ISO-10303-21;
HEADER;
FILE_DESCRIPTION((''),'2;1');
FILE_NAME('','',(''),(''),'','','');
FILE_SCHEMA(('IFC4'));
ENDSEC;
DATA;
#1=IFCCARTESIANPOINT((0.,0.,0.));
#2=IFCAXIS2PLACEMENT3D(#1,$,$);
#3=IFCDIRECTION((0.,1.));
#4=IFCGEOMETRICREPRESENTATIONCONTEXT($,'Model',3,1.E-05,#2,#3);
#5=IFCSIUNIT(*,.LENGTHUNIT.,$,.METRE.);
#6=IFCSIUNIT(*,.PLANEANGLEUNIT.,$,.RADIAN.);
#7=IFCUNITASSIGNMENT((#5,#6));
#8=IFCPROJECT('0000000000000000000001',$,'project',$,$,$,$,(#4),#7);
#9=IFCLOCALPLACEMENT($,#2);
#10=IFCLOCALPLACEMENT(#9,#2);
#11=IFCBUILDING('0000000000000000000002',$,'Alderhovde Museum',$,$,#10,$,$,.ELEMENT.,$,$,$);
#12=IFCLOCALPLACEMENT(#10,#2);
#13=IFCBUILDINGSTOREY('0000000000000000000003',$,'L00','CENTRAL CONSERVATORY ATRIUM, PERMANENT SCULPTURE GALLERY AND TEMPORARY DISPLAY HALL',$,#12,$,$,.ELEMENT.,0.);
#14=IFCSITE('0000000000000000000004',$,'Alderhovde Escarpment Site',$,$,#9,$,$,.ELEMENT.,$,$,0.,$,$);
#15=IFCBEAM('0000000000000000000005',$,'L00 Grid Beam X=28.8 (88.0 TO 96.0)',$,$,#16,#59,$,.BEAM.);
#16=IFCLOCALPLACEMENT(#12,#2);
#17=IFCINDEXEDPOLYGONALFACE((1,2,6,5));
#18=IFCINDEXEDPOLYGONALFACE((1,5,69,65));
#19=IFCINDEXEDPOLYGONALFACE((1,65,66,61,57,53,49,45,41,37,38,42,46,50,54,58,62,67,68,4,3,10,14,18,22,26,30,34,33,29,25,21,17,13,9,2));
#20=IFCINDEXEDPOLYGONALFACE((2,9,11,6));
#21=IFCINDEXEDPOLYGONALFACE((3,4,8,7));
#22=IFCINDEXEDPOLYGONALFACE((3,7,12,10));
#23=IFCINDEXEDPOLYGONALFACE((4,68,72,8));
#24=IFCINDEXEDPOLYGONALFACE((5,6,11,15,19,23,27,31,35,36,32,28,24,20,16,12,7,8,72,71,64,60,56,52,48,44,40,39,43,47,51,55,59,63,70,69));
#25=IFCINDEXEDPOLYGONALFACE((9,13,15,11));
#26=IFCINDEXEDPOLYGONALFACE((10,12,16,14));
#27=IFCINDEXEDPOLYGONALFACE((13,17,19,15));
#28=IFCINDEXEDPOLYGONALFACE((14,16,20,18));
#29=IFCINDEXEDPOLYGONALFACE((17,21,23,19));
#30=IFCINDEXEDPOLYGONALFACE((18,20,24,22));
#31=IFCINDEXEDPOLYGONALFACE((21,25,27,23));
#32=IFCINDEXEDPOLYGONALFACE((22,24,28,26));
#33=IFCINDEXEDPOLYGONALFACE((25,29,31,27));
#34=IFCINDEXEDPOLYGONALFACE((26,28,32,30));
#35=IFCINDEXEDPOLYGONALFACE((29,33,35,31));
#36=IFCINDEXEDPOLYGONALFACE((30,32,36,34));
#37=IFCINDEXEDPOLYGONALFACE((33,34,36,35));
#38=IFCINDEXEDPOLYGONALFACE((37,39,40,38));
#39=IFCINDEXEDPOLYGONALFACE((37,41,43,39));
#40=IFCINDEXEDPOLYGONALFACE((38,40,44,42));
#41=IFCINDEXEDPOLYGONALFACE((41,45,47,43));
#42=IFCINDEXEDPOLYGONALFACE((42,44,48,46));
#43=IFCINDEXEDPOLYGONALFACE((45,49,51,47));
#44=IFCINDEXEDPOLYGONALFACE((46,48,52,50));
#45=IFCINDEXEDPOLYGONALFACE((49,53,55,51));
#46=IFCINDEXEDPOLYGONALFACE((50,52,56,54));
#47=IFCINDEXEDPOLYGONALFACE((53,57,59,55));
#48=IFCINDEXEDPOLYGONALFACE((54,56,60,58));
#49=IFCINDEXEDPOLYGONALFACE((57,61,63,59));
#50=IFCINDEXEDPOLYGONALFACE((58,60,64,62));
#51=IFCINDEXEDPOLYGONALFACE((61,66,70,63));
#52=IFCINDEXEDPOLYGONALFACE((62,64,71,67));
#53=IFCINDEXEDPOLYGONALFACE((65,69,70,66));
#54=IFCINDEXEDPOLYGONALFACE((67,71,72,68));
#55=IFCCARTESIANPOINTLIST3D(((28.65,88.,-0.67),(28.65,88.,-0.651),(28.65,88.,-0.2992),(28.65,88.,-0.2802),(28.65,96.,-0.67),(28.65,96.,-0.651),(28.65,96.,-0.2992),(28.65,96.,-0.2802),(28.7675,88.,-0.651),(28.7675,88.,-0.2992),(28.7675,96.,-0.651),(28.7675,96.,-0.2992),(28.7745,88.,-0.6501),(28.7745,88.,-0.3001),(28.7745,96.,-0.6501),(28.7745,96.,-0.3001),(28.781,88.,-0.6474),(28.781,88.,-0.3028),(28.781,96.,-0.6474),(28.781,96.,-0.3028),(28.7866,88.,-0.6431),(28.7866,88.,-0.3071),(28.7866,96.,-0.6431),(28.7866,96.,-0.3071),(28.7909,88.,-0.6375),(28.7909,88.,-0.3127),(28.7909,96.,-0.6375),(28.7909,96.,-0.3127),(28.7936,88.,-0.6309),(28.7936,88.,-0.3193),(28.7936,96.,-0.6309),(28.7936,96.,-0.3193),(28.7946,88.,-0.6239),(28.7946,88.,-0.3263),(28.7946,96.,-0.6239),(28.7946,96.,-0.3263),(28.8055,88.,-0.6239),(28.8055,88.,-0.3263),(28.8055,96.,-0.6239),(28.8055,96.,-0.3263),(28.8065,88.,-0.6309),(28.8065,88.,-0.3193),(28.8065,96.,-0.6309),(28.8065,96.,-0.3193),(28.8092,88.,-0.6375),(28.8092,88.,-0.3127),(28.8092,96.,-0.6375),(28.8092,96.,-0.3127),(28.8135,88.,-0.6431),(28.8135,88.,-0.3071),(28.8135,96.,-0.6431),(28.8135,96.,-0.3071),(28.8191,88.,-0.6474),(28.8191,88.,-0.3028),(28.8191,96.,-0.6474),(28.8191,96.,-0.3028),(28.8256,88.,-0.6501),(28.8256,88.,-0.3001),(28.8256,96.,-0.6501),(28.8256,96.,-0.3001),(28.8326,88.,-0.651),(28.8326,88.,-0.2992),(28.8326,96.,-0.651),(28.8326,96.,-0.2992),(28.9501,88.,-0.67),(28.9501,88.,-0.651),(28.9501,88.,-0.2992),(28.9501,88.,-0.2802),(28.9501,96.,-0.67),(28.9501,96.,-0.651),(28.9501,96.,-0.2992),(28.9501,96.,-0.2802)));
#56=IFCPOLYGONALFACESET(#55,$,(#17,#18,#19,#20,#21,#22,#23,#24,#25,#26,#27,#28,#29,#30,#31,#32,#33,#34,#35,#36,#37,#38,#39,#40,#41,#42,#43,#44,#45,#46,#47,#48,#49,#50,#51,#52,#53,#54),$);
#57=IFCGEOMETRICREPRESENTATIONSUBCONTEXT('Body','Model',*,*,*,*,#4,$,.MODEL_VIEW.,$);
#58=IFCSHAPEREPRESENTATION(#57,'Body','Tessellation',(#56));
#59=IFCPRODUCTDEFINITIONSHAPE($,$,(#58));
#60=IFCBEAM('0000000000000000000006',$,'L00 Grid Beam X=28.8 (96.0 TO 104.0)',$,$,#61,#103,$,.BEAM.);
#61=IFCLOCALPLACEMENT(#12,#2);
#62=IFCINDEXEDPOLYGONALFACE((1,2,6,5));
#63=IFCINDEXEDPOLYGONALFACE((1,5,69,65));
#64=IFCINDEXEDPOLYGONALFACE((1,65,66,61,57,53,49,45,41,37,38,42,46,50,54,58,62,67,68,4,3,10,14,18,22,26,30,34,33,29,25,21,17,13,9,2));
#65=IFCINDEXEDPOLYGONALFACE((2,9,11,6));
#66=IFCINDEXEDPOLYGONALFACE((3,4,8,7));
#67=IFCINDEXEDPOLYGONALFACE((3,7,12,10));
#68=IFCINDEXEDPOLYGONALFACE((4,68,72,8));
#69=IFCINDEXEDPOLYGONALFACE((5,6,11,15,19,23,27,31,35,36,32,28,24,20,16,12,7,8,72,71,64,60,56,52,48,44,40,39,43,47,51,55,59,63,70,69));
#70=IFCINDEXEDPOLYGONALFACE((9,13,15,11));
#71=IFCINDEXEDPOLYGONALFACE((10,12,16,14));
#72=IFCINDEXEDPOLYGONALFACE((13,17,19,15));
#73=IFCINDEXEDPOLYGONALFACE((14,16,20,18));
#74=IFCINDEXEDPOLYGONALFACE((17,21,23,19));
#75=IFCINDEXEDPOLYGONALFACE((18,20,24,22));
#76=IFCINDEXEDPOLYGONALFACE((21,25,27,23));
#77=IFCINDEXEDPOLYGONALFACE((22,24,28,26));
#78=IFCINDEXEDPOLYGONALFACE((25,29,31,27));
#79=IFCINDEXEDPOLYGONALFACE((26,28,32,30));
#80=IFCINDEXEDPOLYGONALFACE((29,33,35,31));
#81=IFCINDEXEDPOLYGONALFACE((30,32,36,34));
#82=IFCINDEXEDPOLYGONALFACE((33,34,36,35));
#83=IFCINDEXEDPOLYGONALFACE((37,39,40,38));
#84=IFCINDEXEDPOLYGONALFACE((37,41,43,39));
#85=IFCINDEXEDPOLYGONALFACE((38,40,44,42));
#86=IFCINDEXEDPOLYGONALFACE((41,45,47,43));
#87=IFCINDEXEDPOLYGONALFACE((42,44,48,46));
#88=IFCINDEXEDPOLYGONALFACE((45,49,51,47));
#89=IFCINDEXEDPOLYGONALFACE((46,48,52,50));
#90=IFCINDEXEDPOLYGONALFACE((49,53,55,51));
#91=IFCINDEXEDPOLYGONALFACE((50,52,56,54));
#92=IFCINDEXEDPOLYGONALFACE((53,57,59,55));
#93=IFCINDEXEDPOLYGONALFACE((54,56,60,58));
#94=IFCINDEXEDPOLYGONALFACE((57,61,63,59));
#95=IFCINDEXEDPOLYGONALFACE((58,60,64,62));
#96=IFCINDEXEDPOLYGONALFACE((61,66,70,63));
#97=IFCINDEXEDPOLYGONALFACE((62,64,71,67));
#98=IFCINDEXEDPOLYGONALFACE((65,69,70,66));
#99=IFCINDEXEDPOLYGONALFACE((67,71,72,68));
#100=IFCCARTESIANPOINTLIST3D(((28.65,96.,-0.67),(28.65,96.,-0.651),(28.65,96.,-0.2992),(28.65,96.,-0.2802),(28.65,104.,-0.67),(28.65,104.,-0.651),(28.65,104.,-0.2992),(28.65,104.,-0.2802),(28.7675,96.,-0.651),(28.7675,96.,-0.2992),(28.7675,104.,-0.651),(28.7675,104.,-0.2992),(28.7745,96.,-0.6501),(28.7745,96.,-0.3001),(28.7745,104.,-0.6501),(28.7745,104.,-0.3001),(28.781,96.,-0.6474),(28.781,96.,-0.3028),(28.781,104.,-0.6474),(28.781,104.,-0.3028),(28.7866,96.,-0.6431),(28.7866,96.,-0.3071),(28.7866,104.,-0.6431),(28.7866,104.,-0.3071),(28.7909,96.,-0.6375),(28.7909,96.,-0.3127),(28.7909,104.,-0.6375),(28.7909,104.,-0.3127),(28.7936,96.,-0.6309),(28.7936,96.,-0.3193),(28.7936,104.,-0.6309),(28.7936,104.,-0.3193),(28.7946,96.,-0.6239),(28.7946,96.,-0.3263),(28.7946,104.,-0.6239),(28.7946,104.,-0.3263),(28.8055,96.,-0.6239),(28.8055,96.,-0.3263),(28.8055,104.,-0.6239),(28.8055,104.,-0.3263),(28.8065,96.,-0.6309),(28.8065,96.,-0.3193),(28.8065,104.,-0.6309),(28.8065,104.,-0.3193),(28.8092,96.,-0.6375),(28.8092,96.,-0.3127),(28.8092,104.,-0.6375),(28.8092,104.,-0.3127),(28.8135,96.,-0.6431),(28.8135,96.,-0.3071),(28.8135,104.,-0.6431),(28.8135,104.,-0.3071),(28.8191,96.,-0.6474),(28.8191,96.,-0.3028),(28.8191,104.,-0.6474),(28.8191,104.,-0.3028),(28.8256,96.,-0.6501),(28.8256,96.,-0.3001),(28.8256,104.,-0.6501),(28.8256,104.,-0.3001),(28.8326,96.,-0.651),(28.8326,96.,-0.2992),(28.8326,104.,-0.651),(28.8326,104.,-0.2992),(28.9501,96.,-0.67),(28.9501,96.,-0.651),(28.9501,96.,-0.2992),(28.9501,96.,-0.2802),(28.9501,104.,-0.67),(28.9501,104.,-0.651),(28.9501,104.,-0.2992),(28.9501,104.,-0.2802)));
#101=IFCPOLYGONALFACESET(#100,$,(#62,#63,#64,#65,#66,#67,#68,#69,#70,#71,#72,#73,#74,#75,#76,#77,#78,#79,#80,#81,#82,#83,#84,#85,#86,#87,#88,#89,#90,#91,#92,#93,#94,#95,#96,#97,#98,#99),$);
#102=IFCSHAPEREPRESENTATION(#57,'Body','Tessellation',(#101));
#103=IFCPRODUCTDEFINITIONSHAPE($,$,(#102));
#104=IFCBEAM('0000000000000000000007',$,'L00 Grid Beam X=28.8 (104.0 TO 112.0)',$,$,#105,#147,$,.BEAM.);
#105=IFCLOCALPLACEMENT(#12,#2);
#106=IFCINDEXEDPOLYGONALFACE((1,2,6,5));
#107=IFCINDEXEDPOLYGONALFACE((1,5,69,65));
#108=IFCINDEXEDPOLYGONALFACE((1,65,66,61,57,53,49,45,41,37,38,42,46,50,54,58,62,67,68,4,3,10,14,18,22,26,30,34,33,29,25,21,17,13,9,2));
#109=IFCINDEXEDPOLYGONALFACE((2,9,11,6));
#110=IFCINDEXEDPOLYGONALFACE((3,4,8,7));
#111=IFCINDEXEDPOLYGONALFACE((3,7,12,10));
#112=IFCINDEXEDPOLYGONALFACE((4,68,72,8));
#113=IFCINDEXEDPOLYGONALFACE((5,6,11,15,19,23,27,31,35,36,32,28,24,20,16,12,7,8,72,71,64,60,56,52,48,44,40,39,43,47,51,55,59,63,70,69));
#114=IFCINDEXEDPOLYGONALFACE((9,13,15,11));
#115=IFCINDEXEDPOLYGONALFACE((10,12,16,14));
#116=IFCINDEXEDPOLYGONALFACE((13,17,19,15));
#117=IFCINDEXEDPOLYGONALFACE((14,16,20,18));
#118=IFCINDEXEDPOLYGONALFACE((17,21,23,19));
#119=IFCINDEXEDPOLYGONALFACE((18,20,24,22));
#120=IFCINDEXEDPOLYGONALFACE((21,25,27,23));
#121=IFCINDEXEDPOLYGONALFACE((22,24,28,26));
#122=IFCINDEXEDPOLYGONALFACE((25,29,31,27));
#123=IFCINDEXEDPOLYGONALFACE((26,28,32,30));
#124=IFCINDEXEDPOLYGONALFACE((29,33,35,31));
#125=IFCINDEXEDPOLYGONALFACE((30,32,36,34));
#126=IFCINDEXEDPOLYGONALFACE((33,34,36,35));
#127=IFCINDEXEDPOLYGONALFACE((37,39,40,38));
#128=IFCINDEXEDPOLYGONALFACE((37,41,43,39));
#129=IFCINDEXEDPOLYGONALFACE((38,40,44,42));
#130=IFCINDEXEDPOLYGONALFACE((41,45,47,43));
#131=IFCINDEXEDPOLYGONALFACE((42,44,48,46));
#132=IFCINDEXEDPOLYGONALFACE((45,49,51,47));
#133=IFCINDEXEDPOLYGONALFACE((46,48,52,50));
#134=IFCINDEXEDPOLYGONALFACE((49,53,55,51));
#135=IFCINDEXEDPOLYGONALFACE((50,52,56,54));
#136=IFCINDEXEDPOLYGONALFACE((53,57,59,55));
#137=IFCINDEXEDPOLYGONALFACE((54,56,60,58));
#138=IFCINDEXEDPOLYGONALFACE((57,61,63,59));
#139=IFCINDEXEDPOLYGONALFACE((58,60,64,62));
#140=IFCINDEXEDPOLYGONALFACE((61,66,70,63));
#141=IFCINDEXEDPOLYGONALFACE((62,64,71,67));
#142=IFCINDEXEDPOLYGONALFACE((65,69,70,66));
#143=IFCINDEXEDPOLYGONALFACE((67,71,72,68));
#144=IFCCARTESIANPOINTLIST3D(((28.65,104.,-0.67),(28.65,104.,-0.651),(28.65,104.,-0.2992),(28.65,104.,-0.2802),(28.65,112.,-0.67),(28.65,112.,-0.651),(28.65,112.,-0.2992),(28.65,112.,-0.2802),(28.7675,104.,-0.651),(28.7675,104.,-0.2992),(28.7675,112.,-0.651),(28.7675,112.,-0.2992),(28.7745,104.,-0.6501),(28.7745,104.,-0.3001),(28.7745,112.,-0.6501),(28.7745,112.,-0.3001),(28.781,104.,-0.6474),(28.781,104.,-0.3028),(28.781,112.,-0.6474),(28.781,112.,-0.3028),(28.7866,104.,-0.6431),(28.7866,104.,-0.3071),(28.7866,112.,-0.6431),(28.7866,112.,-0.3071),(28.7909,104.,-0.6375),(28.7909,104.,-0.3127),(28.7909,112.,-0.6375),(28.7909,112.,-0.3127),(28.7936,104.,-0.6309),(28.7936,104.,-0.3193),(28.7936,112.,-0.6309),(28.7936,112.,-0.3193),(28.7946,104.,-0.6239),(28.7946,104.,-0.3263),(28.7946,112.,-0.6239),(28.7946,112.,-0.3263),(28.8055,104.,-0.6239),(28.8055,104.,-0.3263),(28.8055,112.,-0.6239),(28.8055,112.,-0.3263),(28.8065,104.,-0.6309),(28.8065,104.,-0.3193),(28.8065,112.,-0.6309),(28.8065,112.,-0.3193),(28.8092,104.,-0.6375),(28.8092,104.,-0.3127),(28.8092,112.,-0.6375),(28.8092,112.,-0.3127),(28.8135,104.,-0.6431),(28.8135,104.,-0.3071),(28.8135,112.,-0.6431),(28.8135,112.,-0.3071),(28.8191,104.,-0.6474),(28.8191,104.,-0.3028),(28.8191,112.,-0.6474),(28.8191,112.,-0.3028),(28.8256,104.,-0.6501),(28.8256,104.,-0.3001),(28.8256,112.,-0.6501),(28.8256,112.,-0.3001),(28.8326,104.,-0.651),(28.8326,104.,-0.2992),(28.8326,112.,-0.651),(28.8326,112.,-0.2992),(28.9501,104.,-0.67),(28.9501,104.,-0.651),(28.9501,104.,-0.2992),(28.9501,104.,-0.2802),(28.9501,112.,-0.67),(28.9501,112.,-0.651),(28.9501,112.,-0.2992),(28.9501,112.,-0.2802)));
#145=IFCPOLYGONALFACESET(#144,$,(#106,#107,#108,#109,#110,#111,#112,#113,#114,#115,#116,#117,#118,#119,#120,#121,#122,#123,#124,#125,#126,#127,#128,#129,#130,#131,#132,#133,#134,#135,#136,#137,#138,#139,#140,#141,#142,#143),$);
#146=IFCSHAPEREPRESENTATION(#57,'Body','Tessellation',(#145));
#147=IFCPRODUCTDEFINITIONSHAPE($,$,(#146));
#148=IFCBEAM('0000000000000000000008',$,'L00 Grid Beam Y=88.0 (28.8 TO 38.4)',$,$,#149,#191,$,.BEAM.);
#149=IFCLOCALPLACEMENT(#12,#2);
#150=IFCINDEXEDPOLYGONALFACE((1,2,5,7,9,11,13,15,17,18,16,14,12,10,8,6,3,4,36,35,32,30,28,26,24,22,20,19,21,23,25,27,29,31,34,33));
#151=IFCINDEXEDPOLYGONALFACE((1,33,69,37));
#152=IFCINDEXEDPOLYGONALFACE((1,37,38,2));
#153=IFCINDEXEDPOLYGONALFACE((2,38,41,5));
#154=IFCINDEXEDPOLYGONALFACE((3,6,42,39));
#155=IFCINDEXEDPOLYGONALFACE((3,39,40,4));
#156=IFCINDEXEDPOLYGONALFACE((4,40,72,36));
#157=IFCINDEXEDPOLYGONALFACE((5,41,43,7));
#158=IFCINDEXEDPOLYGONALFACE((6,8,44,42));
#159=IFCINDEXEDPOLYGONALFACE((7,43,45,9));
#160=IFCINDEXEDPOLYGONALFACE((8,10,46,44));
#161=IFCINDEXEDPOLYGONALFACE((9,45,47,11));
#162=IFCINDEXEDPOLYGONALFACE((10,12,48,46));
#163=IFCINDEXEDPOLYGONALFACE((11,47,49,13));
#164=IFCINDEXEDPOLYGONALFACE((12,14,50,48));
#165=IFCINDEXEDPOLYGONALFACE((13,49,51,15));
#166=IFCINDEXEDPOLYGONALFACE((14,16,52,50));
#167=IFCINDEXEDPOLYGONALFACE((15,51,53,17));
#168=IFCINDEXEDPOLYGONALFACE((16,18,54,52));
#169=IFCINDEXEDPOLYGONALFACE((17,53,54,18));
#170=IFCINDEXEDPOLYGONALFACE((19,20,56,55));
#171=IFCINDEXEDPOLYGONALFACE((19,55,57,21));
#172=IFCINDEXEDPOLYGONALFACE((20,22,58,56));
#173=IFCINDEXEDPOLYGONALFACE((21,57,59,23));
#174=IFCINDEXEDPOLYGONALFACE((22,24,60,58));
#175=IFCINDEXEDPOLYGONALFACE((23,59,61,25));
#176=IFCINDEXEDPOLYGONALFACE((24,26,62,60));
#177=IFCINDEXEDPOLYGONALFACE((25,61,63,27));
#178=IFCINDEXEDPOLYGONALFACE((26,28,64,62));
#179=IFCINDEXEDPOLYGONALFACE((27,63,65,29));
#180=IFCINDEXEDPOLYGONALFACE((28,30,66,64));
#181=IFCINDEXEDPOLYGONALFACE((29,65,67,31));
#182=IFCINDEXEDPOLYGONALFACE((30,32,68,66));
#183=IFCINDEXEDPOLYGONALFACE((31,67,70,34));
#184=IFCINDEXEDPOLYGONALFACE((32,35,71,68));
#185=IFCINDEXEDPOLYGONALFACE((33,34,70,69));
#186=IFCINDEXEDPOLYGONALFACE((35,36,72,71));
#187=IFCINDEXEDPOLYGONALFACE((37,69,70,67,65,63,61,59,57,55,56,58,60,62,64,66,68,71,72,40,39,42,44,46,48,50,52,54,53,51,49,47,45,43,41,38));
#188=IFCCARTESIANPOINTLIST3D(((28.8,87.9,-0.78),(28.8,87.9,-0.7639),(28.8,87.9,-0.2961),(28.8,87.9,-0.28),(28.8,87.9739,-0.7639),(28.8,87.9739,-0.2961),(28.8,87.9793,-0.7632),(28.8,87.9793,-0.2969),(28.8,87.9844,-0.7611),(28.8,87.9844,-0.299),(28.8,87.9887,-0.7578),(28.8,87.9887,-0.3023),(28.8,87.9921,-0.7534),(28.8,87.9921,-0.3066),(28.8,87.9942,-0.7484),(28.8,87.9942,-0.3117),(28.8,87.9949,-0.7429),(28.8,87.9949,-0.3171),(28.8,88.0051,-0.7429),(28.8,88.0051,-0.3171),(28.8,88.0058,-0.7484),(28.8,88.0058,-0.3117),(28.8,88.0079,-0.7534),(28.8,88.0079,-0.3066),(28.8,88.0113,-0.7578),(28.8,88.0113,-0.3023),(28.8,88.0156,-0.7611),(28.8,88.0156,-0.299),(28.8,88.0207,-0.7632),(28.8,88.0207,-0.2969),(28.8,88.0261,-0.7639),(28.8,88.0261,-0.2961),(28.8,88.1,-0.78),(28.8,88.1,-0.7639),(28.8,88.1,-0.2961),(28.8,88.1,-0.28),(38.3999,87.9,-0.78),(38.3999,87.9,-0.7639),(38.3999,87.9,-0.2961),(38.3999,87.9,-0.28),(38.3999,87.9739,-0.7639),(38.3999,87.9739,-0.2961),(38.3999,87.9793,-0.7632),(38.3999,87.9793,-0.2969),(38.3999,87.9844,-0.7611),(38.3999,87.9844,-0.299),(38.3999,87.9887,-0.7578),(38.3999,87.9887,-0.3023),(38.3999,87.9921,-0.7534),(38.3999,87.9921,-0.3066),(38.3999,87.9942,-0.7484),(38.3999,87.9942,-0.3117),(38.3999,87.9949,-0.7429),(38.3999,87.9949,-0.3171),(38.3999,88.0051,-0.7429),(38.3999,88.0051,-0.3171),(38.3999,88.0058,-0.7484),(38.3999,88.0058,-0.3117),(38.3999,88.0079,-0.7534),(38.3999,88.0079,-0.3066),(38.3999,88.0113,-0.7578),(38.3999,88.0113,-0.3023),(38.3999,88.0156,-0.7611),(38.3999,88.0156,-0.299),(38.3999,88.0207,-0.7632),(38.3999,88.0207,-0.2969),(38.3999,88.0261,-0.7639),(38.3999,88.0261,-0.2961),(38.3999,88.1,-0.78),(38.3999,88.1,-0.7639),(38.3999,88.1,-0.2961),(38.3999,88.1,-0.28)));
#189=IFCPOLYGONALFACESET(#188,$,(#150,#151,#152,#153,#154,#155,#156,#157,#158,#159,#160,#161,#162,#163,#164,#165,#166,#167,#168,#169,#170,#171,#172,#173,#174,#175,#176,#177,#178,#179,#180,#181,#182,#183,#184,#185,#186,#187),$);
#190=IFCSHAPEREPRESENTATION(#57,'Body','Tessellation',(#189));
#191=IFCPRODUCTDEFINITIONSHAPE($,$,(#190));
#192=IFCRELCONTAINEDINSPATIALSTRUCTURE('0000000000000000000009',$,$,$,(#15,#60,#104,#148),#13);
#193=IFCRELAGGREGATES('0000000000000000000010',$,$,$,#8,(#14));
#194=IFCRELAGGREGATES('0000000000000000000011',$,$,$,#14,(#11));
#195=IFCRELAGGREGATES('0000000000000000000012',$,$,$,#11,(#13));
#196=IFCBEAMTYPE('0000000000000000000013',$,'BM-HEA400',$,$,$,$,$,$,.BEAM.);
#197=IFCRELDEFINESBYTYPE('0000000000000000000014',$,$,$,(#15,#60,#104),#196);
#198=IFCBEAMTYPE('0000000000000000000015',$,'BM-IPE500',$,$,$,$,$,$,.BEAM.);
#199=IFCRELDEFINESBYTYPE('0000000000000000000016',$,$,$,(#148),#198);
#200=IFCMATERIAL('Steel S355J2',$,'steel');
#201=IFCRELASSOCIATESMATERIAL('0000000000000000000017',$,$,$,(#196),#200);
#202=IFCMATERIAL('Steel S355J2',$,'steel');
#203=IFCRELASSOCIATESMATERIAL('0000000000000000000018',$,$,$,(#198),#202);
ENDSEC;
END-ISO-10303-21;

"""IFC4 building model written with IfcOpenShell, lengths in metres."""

from ifc_helpers import new_model, si_unit, direction, frame, origin, origin_2d, place, context, subcontext, project, spatial, i_section, extrude, material, material_profile, profile_set, type_object, element, save


model = new_model("IFC4")

# Units and contexts
model_context = context("Model", 3, precision=1e-05, world=origin(), true_north=direction((0.0, 1.0)))
body_context = subcontext(model_context, "Body", "Model", "MODEL_VIEW")
ifc_project = project(units=[si_unit("LENGTHUNIT", "METRE"), si_unit("PLANEANGLEUNIT", "RADIAN")], contexts=[model_context])

# Site, building, storey
site_placement = place(None, origin())
site = spatial("IfcSite", under=ifc_project, at=site_placement, Name="Alderhovde Escarpment Site", CompositionType="ELEMENT", RefElevation=0.0)
building_placement = place(site_placement, origin())
building = spatial("IfcBuilding", under=site, at=building_placement, Name="Alderhovde Museum", CompositionType="ELEMENT")
storey_placement = place(building_placement, origin())
storey = spatial("IfcBuildingStorey", under=building, at=storey_placement, Name="L00", Description="CENTRAL CONSERVATORY ATRIUM, PERMANENT SCULPTURE GALLERY AND TEMPORARY DISPLAY HALL", CompositionType="ELEMENT", Elevation=0.0)

# Beams
ifc_material_1 = material(Name="Steel S355J2", Category="steel")
ifc_material_profile_1 = material_profile(ifc_material_1, i_section(OverallWidth=0.3, OverallDepth=0.3899, WebThickness=0.011, FlangeThickness=0.019, FilletRadius=0.0271, at=origin_2d()), Name="HEA 400")
ifc_profile_set_1 = profile_set([ifc_material_profile_1], Name="Steel S355J2")
beam_type_1 = type_object("IfcBeamType", Name="BM-HEA400", PredefinedType="BEAM", material=ifc_profile_set_1)
for number, where, z_axis, x_axis, name in (
    (1, (28.8, 88.0, -0.4751), (0.0, 1.0, 0.0), (-1.0, 0.0, 0.0), "L00 Grid Beam X=28.8 (88.0 TO 96.0)"),
    (2, (28.8, 96.0, -0.4751), (0.0, 1.0, 0.0), (-1.0, 0.0, 0.0), "L00 Grid Beam X=28.8 (96.0 TO 104.0)"),
    (3, (28.8, 104.0, -0.4751), (0.0, 1.0, 0.0), (-1.0, 0.0, 0.0), "L00 Grid Beam X=28.8 (104.0 TO 112.0)"),
):
    element("IfcBeam", number, at=place(storey_placement, frame(where, z_axis=z_axis, x_axis=x_axis)), inside=storey, type_object=beam_type_1, Name=name, PredefinedType="BEAM", context=body_context, shape_type="SweptSolid", body=[
        extrude(i_section(OverallWidth=0.3, OverallDepth=0.3899, WebThickness=0.011, FlangeThickness=0.019, FilletRadius=0.0271, at=origin_2d()), origin(), (0.0, 0.0, 1.0), 8.0),
    ])
ifc_material_2 = material(Name="Steel S355J2", Category="steel")
ifc_material_profile_2 = material_profile(ifc_material_2, i_section(OverallWidth=0.2, OverallDepth=0.5, WebThickness=0.0103, FlangeThickness=0.0161, FilletRadius=0.021, at=origin_2d()), Name="IPE 500")
ifc_profile_set_2 = profile_set([ifc_material_profile_2], Name="Steel S355J2")
beam_type_2 = type_object("IfcBeamType", Name="BM-IPE500", PredefinedType="BEAM", material=ifc_profile_set_2)
beam_1_placement = place(storey_placement, frame((28.8, 88.0, -0.53), z_axis=(1.0, 0.0, 0.0), x_axis=(0.0, 1.0, 0.0)))
element("IfcBeam", 4, at=beam_1_placement, inside=storey, type_object=beam_type_2, Name="L00 Grid Beam Y=88.0 (28.8 TO 38.4)", PredefinedType="BEAM", context=body_context, shape_type="SweptSolid", body=[
    extrude(i_section(OverallWidth=0.2, OverallDepth=0.5, WebThickness=0.0103, FlangeThickness=0.0161, FilletRadius=0.021, at=origin_2d()), origin(), (0.0, 0.0, 1.0), 9.5999),
])

save(model, "model.ifc")
